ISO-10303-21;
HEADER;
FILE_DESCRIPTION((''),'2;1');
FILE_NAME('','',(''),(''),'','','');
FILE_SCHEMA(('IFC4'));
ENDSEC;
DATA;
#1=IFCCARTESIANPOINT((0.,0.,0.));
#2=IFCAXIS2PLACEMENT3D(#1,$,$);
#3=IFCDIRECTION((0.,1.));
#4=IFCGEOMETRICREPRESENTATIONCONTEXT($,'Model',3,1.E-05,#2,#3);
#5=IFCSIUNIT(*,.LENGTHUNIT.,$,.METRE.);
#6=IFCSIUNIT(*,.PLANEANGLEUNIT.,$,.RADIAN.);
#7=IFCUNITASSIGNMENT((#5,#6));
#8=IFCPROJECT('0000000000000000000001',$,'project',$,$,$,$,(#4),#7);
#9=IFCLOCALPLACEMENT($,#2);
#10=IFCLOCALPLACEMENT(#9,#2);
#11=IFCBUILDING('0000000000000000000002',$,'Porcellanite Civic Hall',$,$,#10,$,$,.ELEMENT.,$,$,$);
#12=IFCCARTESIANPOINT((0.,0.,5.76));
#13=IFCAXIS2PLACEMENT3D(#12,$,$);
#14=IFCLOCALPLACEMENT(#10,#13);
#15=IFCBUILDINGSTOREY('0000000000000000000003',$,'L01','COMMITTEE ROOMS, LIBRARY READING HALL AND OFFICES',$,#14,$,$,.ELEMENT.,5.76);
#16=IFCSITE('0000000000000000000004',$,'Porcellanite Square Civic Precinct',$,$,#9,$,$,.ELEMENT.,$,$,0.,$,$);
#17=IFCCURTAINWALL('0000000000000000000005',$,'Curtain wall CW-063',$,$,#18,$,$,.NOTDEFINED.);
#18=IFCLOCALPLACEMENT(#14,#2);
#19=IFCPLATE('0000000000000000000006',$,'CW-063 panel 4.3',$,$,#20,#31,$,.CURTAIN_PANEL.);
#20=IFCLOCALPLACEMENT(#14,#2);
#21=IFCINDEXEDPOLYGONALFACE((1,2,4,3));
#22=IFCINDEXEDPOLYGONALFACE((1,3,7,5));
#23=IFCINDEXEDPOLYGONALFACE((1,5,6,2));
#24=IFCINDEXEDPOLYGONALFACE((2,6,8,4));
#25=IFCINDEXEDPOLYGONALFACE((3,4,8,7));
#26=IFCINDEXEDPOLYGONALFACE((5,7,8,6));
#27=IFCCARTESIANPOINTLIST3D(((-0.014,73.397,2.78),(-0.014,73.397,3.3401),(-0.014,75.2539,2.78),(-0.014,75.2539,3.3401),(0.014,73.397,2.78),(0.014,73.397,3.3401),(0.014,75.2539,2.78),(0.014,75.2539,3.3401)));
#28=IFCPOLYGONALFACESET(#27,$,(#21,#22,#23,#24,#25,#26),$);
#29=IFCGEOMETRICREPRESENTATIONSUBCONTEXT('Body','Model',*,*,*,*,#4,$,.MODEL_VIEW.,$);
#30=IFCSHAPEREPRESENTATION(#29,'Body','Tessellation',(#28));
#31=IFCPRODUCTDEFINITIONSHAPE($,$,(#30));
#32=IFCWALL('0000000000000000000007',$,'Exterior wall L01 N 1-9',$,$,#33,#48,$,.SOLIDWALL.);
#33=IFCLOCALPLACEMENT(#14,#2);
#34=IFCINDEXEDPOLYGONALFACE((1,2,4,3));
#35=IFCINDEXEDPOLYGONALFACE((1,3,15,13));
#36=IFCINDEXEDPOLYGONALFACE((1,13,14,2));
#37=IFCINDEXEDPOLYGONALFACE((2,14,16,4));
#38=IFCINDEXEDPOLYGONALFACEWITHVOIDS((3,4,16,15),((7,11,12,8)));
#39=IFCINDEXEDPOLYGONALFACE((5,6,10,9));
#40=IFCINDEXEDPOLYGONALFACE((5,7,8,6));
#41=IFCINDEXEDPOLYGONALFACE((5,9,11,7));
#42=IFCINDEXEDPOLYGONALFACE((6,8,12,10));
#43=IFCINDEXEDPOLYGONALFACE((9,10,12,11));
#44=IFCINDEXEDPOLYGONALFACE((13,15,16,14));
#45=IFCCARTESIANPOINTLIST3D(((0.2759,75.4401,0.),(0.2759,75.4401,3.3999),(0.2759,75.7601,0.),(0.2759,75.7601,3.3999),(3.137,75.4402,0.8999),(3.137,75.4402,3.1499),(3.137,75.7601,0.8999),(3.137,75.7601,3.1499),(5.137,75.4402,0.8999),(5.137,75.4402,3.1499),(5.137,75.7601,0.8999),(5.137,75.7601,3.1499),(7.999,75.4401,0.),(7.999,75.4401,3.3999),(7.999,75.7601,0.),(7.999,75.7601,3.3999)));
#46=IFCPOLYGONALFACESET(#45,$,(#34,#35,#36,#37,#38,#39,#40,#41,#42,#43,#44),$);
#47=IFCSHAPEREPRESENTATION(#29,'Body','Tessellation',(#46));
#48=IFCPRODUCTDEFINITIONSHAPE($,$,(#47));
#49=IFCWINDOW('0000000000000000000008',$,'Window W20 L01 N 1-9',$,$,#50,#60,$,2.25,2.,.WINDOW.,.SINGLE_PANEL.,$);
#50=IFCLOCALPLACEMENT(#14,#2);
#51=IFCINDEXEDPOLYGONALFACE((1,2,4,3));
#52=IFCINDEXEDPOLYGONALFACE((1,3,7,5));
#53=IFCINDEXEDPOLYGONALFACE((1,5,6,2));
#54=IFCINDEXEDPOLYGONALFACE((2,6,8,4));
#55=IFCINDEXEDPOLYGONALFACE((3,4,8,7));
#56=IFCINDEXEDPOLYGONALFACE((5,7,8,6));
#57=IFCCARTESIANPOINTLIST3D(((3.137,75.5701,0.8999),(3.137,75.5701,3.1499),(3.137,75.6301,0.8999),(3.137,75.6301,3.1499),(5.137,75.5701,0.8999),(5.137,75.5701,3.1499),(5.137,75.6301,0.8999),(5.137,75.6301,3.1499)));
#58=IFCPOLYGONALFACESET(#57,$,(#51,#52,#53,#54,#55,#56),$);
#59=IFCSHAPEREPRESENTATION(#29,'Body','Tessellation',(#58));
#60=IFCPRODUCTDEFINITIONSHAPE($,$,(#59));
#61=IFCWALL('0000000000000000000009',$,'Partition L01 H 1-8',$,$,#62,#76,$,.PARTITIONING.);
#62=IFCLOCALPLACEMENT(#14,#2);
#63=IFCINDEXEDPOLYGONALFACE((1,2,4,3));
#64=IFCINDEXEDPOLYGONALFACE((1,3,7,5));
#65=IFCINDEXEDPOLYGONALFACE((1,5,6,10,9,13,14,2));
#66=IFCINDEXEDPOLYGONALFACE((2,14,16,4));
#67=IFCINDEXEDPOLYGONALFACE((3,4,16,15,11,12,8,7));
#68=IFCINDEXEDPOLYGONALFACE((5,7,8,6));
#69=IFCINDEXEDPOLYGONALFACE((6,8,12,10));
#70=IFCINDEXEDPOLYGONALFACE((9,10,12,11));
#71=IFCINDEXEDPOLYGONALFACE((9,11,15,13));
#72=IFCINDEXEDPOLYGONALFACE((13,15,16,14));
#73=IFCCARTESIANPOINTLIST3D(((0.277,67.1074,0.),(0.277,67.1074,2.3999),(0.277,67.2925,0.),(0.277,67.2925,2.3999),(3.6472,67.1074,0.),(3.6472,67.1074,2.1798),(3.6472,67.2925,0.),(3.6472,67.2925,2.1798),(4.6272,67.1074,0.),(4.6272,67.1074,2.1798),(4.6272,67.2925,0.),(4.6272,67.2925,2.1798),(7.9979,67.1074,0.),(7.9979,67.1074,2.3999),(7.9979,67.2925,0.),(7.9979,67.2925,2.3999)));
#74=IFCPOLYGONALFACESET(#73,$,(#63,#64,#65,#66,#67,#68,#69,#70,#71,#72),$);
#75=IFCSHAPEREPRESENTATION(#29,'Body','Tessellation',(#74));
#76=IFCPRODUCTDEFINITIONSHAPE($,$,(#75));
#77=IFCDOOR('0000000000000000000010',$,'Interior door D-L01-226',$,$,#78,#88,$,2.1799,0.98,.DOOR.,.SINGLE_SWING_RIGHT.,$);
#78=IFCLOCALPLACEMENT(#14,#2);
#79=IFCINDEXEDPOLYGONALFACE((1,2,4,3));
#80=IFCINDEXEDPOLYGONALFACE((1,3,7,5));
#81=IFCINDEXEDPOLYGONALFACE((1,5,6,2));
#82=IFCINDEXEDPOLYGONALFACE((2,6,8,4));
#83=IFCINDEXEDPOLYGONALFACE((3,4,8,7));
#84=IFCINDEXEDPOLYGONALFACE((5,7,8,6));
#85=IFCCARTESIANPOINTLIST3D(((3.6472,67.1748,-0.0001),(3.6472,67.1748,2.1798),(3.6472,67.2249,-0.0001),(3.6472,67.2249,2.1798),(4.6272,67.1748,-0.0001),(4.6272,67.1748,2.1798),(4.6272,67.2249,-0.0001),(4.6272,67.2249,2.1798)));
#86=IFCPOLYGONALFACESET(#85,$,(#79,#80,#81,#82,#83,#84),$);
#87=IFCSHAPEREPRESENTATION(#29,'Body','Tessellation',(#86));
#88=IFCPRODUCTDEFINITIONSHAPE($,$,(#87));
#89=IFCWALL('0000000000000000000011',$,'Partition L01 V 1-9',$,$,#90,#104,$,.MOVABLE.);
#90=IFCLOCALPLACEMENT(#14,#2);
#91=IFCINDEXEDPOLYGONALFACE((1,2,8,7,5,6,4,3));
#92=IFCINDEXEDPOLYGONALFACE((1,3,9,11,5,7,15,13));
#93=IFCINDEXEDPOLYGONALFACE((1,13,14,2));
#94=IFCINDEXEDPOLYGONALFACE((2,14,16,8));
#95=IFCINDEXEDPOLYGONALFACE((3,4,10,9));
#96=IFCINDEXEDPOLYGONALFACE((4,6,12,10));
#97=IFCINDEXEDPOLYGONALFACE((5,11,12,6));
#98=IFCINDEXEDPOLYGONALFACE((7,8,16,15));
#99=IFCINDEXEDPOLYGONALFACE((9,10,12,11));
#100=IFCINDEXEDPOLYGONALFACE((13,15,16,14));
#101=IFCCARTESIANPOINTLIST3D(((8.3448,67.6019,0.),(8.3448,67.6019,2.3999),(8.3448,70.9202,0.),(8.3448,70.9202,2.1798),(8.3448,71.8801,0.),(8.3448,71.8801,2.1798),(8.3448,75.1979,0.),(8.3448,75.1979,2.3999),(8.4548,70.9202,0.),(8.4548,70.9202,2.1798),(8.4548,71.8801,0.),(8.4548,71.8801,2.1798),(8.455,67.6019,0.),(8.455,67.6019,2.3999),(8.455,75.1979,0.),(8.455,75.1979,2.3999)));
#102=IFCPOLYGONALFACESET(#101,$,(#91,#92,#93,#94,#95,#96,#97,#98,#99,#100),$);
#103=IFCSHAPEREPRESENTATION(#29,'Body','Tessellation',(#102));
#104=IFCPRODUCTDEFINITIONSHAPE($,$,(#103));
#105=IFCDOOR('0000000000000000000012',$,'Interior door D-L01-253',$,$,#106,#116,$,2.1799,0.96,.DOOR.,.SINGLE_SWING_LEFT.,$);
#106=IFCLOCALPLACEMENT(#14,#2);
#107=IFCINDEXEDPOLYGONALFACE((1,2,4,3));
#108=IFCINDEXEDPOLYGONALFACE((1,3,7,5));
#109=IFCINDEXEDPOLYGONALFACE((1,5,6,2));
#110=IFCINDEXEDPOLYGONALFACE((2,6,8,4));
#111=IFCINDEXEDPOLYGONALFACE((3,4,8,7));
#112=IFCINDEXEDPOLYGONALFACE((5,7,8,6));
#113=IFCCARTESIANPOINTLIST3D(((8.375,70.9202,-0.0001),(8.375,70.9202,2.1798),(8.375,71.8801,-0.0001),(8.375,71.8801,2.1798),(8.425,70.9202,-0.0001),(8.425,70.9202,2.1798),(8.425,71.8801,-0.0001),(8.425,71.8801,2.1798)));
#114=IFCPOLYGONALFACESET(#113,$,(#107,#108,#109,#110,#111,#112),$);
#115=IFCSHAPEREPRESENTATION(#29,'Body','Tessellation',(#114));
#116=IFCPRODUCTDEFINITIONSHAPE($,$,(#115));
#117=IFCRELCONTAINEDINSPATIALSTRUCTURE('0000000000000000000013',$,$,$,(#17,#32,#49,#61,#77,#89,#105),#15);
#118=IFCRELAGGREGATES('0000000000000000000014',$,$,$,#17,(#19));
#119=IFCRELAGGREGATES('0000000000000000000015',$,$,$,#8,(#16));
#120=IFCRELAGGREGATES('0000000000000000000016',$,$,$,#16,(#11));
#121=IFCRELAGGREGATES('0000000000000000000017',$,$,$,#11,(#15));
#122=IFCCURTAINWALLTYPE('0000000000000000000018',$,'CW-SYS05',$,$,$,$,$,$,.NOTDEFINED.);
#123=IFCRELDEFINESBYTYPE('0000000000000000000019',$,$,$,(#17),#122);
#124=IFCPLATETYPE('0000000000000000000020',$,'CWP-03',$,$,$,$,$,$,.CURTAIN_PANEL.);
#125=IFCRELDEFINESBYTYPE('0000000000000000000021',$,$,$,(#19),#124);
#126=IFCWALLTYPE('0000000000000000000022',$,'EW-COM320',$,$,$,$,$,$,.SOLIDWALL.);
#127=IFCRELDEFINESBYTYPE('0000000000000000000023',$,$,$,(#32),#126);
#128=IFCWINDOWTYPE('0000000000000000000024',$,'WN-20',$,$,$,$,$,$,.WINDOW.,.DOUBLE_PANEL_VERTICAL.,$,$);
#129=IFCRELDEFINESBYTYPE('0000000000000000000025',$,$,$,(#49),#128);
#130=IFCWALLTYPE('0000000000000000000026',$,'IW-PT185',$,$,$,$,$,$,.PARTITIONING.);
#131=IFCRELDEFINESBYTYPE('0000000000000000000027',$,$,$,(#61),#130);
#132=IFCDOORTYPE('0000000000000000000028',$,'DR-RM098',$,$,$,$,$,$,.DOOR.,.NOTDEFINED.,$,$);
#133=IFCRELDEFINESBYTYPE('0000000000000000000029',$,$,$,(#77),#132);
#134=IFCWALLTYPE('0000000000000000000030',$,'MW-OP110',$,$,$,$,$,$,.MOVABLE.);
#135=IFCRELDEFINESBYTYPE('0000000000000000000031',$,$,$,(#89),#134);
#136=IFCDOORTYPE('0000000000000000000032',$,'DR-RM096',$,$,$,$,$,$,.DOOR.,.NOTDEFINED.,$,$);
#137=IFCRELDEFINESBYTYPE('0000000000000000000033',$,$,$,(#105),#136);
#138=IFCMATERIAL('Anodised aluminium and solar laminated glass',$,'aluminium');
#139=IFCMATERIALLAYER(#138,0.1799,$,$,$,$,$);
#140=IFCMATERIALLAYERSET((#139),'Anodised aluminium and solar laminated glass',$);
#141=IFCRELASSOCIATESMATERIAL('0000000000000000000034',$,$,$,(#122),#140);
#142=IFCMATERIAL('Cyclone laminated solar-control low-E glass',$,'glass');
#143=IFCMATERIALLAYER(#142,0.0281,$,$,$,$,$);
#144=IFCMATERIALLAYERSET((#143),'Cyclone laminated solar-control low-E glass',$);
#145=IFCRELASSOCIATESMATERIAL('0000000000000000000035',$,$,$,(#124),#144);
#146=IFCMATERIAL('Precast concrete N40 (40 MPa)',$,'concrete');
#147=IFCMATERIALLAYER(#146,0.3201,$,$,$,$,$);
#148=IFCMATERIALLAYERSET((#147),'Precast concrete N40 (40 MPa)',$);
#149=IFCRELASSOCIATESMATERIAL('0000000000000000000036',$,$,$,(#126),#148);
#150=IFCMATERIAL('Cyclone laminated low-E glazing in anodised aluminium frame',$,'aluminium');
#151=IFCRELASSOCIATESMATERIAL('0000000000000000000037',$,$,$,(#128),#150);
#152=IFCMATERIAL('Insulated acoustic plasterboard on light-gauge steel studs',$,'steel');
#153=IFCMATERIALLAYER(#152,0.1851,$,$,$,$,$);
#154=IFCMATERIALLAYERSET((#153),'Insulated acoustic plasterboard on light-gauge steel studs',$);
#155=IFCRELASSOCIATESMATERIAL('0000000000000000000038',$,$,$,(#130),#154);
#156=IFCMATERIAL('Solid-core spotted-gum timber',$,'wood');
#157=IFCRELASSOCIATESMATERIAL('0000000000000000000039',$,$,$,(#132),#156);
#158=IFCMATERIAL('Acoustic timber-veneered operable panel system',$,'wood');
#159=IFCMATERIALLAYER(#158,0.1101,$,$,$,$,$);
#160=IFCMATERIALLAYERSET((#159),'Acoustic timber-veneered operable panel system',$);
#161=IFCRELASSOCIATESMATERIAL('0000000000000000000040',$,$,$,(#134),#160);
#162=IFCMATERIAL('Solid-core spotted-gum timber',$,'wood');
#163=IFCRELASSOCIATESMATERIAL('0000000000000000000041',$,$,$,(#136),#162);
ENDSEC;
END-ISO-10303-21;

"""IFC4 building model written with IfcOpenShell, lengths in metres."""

from ifc_helpers import new_model, si_unit, direction, frame, frame_2d, origin, origin_2d, place, context, subcontext, project, spatial, rectangle, extrude, material, layer, layer_set, type_object, element, fill, aggregate, save


model = new_model("IFC4")

# Units and contexts
model_context = context("Model", 3, precision=1e-05, world=origin(), true_north=direction((0.0, 1.0)))
body_context = subcontext(model_context, "Body", "Model", "MODEL_VIEW")
ifc_project = project(units=[si_unit("LENGTHUNIT", "METRE"), si_unit("PLANEANGLEUNIT", "RADIAN")], contexts=[model_context])

# Site, building, storey
site_placement = place(None, origin())
site = spatial("IfcSite", under=ifc_project, at=site_placement, Name="Porcellanite Square Civic Precinct", CompositionType="ELEMENT", RefElevation=0.0)
building_placement = place(site_placement, origin())
building = spatial("IfcBuilding", under=site, at=building_placement, Name="Porcellanite Civic Hall", CompositionType="ELEMENT")
storey_placement = place(building_placement, frame((0.0, 0.0, 5.76)))
storey = spatial("IfcBuildingStorey", under=building, at=storey_placement, Name="L01", Description="COMMITTEE ROOMS, LIBRARY READING HALL AND OFFICES", CompositionType="ELEMENT", Elevation=5.76)

# Curtain wall
ifc_material_1 = material(Name="Anodised aluminium and solar laminated glass", Category="aluminium")
ifc_layer_1 = layer(ifc_material_1, 0.1799)
ifc_layer_set_1 = layer_set([ifc_layer_1], Name="Anodised aluminium and solar laminated glass")
curtain_wall_type = type_object("IfcCurtainWallType", Name="CW-SYS05", PredefinedType="NOTDEFINED", material=ifc_layer_set_1)
curtain_wall_1_placement = place(storey_placement, origin())
curtain_wall_1 = element("IfcCurtainWall", 1, at=curtain_wall_1_placement, inside=storey, type_object=curtain_wall_type, Name="Curtain wall CW-063", PredefinedType="NOTDEFINED")

# Plate
ifc_material_2 = material(Name="Cyclone laminated solar-control low-E glass", Category="glass")
ifc_layer_2 = layer(ifc_material_2, 0.0281)
ifc_layer_set_2 = layer_set([ifc_layer_2], Name="Cyclone laminated solar-control low-E glass")
plate_type = type_object("IfcPlateType", Name="CWP-03", PredefinedType="CURTAIN_PANEL", material=ifc_layer_set_2)
plate_placement = place(storey_placement, frame((0.0, 74.3254, 2.78), z_axis=(0.0, 0.0, 1.0), x_axis=(0.0, 1.0, 0.0)))
plate = element("IfcPlate", 2, at=plate_placement, type_object=plate_type, Name="CW-063 panel 4.3", PredefinedType="CURTAIN_PANEL", context=body_context, shape_type="SweptSolid", body=[
    extrude(rectangle(XDim=1.8569, YDim=0.0281, at=origin_2d()), origin(), (0.0, 0.0, 1.0), 0.5601),
])
aggregate(curtain_wall_1, [plate])

# Wall, opening, window
ifc_material_3 = material(Name="Precast concrete N40 (40 MPa)", Category="concrete")
ifc_layer_3 = layer(ifc_material_3, 0.3201)
ifc_layer_set_3 = layer_set([ifc_layer_3], Name="Precast concrete N40 (40 MPa)")
wall_type_1 = type_object("IfcWallType", Name="EW-COM320", PredefinedType="SOLIDWALL", material=ifc_layer_set_3)
wall_1_placement = place(storey_placement, frame((0.2759, 75.6001, 0.0), z_axis=(0.0, 0.0, 1.0), x_axis=(1.0, 0.0, 0.0)))
wall_1 = element("IfcWall", 3, at=wall_1_placement, inside=storey, type_object=wall_type_1, Name="Exterior wall L01 N 1-9", PredefinedType="SOLIDWALL", context=body_context, shape_type="SweptSolid", body=[
    extrude(rectangle(XDim=7.7231, YDim=0.3201, at=frame_2d((3.8616, 0.0))), origin(), (0.0, 0.0, 1.0), 3.3999),
])
opening_1_placement = place(wall_1_placement, frame((2.8611, 0.0, 0.8999)))
opening_1 = element("IfcOpeningElement", 4, at=opening_1_placement, cuts=wall_1, PredefinedType="OPENING", context=body_context, shape_type="SweptSolid", body=[
    extrude(rectangle(XDim=2.0, YDim=2.25, at=frame_2d((1.0, 1.125))), frame((0.0, 0.1602, 0.0), z_axis=(0.0, -1.0, 0.0), x_axis=(1.0, 0.0, 0.0)), (0.0, 0.0, 1.0), 0.3201),
])
ifc_material_4 = material(Name="Cyclone laminated low-E glazing in anodised aluminium frame", Category="aluminium")
window_type = type_object("IfcWindowType", Name="WN-20", PartitioningType="DOUBLE_PANEL_VERTICAL", PredefinedType="WINDOW", material=ifc_material_4)
window_placement = place(opening_1_placement, origin())
window = element("IfcWindow", 5, at=window_placement, inside=storey, type_object=window_type, Name="Window W20 L01 N 1-9", OverallHeight=2.25, OverallWidth=2.0, PartitioningType="SINGLE_PANEL", PredefinedType="WINDOW", context=body_context, shape_type="SweptSolid", body=[
    extrude(rectangle(XDim=2.0, YDim=2.25, at=frame_2d((1.0, 1.125))), frame((0.0, 0.03, 0.0), z_axis=(0.0, -1.0, 0.0), x_axis=(1.0, 0.0, 0.0)), (0.0, 0.0, 1.0), 0.0601),
])
fill(opening_1, window)

# Walls, openings, doors
ifc_material_5 = material(Name="Insulated acoustic plasterboard on light-gauge steel studs", Category="steel")
ifc_layer_4 = layer(ifc_material_5, 0.1851)
ifc_layer_set_4 = layer_set([ifc_layer_4], Name="Insulated acoustic plasterboard on light-gauge steel studs")
wall_type_2 = type_object("IfcWallType", Name="IW-PT185", PredefinedType="PARTITIONING", material=ifc_layer_set_4)
wall_2_placement = place(storey_placement, frame((0.2771, 67.2, 0.0), z_axis=(0.0, 0.0, 1.0), x_axis=(1.0, 0.0, 0.0)))
wall_2 = element("IfcWall", 6, at=wall_2_placement, inside=storey, type_object=wall_type_2, Name="Partition L01 H 1-8", PredefinedType="PARTITIONING", context=body_context, shape_type="SweptSolid", body=[
    extrude(rectangle(XDim=7.7209, YDim=0.1851, at=frame_2d((3.8604, 0.0))), origin(), (0.0, 0.0, 1.0), 2.3999),
])
opening_2_placement = place(wall_2_placement, frame((3.3701, 0.0, 0.0)))
opening_2 = element("IfcOpeningElement", 7, at=opening_2_placement, cuts=wall_2, PredefinedType="OPENING", context=body_context, shape_type="SweptSolid", body=[
    extrude(rectangle(XDim=0.98, YDim=2.1799, at=frame_2d((0.49, 1.0898))), frame((0.0, 0.0925, 0.0), z_axis=(0.0, -1.0, 0.0), x_axis=(1.0, 0.0, 0.0)), (0.0, 0.0, 1.0), 0.1851),
])
ifc_material_6 = material(Name="Solid-core spotted-gum timber", Category="wood")
door_type_1 = type_object("IfcDoorType", Name="DR-RM098", OperationType="NOTDEFINED", PredefinedType="DOOR", material=ifc_material_6)
door_1_placement = place(opening_2_placement, origin())
door_1 = element("IfcDoor", 8, at=door_1_placement, inside=storey, type_object=door_type_1, Name="Interior door D-L01-226", OperationType="SINGLE_SWING_RIGHT", OverallHeight=2.1799, OverallWidth=0.98, PredefinedType="DOOR", context=body_context, shape_type="SweptSolid", body=[
    extrude(rectangle(XDim=0.98, YDim=2.1799, at=frame_2d((0.49, 1.0898))), frame((0.0, 0.0249, 0.0), z_axis=(0.0, -1.0, 0.0), x_axis=(1.0, 0.0, 0.0)), (0.0, 0.0, 1.0), 0.05),
])
fill(opening_2, door_1)
ifc_material_7 = material(Name="Acoustic timber-veneered operable panel system", Category="wood")
ifc_layer_5 = layer(ifc_material_7, 0.1101)
ifc_layer_set_5 = layer_set([ifc_layer_5], Name="Acoustic timber-veneered operable panel system")
wall_type_3 = type_object("IfcWallType", Name="MW-OP110", PredefinedType="MOVABLE", material=ifc_layer_set_5)
wall_3_placement = place(storey_placement, frame((8.3999, 67.6021, 0.0), z_axis=(0.0, 0.0, 1.0), x_axis=(0.0, 1.0, 0.0)))
wall_3 = element("IfcWall", 9, at=wall_3_placement, inside=storey, type_object=wall_type_3, Name="Partition L01 V 1-9", PredefinedType="MOVABLE", context=body_context, shape_type="SweptSolid", body=[
    extrude(rectangle(XDim=7.5959, YDim=0.1101, at=frame_2d((3.7979, 0.0))), origin(), (0.0, 0.0, 1.0), 2.3999),
])
opening_3_placement = place(wall_3_placement, frame((3.3181, 0.0, 0.0)))
opening_3 = element("IfcOpeningElement", 10, at=opening_3_placement, cuts=wall_3, PredefinedType="OPENING", context=body_context, shape_type="SweptSolid", body=[
    extrude(rectangle(XDim=0.96, YDim=2.1799, at=frame_2d((0.48, 1.0898))), frame((0.0, 0.0552, 0.0), z_axis=(0.0, -1.0, 0.0), x_axis=(1.0, 0.0, 0.0)), (0.0, 0.0, 1.0), 0.1101),
])
ifc_material_8 = material(Name="Solid-core spotted-gum timber", Category="wood")
door_type_2 = type_object("IfcDoorType", Name="DR-RM096", OperationType="NOTDEFINED", PredefinedType="DOOR", material=ifc_material_8)
door_2_placement = place(opening_3_placement, origin())
door_2 = element("IfcDoor", 11, at=door_2_placement, inside=storey, type_object=door_type_2, Name="Interior door D-L01-253", OperationType="SINGLE_SWING_LEFT", OverallHeight=2.1799, OverallWidth=0.96, PredefinedType="DOOR", context=body_context, shape_type="SweptSolid", body=[
    extrude(rectangle(XDim=0.96, YDim=2.1799, at=frame_2d((0.48, 1.0898))), frame((0.0, 0.0249, 0.0), z_axis=(0.0, -1.0, 0.0), x_axis=(1.0, 0.0, 0.0)), (0.0, 0.0, 1.0), 0.05),
])
fill(opening_3, door_2)

save(model, "model.ifc")
